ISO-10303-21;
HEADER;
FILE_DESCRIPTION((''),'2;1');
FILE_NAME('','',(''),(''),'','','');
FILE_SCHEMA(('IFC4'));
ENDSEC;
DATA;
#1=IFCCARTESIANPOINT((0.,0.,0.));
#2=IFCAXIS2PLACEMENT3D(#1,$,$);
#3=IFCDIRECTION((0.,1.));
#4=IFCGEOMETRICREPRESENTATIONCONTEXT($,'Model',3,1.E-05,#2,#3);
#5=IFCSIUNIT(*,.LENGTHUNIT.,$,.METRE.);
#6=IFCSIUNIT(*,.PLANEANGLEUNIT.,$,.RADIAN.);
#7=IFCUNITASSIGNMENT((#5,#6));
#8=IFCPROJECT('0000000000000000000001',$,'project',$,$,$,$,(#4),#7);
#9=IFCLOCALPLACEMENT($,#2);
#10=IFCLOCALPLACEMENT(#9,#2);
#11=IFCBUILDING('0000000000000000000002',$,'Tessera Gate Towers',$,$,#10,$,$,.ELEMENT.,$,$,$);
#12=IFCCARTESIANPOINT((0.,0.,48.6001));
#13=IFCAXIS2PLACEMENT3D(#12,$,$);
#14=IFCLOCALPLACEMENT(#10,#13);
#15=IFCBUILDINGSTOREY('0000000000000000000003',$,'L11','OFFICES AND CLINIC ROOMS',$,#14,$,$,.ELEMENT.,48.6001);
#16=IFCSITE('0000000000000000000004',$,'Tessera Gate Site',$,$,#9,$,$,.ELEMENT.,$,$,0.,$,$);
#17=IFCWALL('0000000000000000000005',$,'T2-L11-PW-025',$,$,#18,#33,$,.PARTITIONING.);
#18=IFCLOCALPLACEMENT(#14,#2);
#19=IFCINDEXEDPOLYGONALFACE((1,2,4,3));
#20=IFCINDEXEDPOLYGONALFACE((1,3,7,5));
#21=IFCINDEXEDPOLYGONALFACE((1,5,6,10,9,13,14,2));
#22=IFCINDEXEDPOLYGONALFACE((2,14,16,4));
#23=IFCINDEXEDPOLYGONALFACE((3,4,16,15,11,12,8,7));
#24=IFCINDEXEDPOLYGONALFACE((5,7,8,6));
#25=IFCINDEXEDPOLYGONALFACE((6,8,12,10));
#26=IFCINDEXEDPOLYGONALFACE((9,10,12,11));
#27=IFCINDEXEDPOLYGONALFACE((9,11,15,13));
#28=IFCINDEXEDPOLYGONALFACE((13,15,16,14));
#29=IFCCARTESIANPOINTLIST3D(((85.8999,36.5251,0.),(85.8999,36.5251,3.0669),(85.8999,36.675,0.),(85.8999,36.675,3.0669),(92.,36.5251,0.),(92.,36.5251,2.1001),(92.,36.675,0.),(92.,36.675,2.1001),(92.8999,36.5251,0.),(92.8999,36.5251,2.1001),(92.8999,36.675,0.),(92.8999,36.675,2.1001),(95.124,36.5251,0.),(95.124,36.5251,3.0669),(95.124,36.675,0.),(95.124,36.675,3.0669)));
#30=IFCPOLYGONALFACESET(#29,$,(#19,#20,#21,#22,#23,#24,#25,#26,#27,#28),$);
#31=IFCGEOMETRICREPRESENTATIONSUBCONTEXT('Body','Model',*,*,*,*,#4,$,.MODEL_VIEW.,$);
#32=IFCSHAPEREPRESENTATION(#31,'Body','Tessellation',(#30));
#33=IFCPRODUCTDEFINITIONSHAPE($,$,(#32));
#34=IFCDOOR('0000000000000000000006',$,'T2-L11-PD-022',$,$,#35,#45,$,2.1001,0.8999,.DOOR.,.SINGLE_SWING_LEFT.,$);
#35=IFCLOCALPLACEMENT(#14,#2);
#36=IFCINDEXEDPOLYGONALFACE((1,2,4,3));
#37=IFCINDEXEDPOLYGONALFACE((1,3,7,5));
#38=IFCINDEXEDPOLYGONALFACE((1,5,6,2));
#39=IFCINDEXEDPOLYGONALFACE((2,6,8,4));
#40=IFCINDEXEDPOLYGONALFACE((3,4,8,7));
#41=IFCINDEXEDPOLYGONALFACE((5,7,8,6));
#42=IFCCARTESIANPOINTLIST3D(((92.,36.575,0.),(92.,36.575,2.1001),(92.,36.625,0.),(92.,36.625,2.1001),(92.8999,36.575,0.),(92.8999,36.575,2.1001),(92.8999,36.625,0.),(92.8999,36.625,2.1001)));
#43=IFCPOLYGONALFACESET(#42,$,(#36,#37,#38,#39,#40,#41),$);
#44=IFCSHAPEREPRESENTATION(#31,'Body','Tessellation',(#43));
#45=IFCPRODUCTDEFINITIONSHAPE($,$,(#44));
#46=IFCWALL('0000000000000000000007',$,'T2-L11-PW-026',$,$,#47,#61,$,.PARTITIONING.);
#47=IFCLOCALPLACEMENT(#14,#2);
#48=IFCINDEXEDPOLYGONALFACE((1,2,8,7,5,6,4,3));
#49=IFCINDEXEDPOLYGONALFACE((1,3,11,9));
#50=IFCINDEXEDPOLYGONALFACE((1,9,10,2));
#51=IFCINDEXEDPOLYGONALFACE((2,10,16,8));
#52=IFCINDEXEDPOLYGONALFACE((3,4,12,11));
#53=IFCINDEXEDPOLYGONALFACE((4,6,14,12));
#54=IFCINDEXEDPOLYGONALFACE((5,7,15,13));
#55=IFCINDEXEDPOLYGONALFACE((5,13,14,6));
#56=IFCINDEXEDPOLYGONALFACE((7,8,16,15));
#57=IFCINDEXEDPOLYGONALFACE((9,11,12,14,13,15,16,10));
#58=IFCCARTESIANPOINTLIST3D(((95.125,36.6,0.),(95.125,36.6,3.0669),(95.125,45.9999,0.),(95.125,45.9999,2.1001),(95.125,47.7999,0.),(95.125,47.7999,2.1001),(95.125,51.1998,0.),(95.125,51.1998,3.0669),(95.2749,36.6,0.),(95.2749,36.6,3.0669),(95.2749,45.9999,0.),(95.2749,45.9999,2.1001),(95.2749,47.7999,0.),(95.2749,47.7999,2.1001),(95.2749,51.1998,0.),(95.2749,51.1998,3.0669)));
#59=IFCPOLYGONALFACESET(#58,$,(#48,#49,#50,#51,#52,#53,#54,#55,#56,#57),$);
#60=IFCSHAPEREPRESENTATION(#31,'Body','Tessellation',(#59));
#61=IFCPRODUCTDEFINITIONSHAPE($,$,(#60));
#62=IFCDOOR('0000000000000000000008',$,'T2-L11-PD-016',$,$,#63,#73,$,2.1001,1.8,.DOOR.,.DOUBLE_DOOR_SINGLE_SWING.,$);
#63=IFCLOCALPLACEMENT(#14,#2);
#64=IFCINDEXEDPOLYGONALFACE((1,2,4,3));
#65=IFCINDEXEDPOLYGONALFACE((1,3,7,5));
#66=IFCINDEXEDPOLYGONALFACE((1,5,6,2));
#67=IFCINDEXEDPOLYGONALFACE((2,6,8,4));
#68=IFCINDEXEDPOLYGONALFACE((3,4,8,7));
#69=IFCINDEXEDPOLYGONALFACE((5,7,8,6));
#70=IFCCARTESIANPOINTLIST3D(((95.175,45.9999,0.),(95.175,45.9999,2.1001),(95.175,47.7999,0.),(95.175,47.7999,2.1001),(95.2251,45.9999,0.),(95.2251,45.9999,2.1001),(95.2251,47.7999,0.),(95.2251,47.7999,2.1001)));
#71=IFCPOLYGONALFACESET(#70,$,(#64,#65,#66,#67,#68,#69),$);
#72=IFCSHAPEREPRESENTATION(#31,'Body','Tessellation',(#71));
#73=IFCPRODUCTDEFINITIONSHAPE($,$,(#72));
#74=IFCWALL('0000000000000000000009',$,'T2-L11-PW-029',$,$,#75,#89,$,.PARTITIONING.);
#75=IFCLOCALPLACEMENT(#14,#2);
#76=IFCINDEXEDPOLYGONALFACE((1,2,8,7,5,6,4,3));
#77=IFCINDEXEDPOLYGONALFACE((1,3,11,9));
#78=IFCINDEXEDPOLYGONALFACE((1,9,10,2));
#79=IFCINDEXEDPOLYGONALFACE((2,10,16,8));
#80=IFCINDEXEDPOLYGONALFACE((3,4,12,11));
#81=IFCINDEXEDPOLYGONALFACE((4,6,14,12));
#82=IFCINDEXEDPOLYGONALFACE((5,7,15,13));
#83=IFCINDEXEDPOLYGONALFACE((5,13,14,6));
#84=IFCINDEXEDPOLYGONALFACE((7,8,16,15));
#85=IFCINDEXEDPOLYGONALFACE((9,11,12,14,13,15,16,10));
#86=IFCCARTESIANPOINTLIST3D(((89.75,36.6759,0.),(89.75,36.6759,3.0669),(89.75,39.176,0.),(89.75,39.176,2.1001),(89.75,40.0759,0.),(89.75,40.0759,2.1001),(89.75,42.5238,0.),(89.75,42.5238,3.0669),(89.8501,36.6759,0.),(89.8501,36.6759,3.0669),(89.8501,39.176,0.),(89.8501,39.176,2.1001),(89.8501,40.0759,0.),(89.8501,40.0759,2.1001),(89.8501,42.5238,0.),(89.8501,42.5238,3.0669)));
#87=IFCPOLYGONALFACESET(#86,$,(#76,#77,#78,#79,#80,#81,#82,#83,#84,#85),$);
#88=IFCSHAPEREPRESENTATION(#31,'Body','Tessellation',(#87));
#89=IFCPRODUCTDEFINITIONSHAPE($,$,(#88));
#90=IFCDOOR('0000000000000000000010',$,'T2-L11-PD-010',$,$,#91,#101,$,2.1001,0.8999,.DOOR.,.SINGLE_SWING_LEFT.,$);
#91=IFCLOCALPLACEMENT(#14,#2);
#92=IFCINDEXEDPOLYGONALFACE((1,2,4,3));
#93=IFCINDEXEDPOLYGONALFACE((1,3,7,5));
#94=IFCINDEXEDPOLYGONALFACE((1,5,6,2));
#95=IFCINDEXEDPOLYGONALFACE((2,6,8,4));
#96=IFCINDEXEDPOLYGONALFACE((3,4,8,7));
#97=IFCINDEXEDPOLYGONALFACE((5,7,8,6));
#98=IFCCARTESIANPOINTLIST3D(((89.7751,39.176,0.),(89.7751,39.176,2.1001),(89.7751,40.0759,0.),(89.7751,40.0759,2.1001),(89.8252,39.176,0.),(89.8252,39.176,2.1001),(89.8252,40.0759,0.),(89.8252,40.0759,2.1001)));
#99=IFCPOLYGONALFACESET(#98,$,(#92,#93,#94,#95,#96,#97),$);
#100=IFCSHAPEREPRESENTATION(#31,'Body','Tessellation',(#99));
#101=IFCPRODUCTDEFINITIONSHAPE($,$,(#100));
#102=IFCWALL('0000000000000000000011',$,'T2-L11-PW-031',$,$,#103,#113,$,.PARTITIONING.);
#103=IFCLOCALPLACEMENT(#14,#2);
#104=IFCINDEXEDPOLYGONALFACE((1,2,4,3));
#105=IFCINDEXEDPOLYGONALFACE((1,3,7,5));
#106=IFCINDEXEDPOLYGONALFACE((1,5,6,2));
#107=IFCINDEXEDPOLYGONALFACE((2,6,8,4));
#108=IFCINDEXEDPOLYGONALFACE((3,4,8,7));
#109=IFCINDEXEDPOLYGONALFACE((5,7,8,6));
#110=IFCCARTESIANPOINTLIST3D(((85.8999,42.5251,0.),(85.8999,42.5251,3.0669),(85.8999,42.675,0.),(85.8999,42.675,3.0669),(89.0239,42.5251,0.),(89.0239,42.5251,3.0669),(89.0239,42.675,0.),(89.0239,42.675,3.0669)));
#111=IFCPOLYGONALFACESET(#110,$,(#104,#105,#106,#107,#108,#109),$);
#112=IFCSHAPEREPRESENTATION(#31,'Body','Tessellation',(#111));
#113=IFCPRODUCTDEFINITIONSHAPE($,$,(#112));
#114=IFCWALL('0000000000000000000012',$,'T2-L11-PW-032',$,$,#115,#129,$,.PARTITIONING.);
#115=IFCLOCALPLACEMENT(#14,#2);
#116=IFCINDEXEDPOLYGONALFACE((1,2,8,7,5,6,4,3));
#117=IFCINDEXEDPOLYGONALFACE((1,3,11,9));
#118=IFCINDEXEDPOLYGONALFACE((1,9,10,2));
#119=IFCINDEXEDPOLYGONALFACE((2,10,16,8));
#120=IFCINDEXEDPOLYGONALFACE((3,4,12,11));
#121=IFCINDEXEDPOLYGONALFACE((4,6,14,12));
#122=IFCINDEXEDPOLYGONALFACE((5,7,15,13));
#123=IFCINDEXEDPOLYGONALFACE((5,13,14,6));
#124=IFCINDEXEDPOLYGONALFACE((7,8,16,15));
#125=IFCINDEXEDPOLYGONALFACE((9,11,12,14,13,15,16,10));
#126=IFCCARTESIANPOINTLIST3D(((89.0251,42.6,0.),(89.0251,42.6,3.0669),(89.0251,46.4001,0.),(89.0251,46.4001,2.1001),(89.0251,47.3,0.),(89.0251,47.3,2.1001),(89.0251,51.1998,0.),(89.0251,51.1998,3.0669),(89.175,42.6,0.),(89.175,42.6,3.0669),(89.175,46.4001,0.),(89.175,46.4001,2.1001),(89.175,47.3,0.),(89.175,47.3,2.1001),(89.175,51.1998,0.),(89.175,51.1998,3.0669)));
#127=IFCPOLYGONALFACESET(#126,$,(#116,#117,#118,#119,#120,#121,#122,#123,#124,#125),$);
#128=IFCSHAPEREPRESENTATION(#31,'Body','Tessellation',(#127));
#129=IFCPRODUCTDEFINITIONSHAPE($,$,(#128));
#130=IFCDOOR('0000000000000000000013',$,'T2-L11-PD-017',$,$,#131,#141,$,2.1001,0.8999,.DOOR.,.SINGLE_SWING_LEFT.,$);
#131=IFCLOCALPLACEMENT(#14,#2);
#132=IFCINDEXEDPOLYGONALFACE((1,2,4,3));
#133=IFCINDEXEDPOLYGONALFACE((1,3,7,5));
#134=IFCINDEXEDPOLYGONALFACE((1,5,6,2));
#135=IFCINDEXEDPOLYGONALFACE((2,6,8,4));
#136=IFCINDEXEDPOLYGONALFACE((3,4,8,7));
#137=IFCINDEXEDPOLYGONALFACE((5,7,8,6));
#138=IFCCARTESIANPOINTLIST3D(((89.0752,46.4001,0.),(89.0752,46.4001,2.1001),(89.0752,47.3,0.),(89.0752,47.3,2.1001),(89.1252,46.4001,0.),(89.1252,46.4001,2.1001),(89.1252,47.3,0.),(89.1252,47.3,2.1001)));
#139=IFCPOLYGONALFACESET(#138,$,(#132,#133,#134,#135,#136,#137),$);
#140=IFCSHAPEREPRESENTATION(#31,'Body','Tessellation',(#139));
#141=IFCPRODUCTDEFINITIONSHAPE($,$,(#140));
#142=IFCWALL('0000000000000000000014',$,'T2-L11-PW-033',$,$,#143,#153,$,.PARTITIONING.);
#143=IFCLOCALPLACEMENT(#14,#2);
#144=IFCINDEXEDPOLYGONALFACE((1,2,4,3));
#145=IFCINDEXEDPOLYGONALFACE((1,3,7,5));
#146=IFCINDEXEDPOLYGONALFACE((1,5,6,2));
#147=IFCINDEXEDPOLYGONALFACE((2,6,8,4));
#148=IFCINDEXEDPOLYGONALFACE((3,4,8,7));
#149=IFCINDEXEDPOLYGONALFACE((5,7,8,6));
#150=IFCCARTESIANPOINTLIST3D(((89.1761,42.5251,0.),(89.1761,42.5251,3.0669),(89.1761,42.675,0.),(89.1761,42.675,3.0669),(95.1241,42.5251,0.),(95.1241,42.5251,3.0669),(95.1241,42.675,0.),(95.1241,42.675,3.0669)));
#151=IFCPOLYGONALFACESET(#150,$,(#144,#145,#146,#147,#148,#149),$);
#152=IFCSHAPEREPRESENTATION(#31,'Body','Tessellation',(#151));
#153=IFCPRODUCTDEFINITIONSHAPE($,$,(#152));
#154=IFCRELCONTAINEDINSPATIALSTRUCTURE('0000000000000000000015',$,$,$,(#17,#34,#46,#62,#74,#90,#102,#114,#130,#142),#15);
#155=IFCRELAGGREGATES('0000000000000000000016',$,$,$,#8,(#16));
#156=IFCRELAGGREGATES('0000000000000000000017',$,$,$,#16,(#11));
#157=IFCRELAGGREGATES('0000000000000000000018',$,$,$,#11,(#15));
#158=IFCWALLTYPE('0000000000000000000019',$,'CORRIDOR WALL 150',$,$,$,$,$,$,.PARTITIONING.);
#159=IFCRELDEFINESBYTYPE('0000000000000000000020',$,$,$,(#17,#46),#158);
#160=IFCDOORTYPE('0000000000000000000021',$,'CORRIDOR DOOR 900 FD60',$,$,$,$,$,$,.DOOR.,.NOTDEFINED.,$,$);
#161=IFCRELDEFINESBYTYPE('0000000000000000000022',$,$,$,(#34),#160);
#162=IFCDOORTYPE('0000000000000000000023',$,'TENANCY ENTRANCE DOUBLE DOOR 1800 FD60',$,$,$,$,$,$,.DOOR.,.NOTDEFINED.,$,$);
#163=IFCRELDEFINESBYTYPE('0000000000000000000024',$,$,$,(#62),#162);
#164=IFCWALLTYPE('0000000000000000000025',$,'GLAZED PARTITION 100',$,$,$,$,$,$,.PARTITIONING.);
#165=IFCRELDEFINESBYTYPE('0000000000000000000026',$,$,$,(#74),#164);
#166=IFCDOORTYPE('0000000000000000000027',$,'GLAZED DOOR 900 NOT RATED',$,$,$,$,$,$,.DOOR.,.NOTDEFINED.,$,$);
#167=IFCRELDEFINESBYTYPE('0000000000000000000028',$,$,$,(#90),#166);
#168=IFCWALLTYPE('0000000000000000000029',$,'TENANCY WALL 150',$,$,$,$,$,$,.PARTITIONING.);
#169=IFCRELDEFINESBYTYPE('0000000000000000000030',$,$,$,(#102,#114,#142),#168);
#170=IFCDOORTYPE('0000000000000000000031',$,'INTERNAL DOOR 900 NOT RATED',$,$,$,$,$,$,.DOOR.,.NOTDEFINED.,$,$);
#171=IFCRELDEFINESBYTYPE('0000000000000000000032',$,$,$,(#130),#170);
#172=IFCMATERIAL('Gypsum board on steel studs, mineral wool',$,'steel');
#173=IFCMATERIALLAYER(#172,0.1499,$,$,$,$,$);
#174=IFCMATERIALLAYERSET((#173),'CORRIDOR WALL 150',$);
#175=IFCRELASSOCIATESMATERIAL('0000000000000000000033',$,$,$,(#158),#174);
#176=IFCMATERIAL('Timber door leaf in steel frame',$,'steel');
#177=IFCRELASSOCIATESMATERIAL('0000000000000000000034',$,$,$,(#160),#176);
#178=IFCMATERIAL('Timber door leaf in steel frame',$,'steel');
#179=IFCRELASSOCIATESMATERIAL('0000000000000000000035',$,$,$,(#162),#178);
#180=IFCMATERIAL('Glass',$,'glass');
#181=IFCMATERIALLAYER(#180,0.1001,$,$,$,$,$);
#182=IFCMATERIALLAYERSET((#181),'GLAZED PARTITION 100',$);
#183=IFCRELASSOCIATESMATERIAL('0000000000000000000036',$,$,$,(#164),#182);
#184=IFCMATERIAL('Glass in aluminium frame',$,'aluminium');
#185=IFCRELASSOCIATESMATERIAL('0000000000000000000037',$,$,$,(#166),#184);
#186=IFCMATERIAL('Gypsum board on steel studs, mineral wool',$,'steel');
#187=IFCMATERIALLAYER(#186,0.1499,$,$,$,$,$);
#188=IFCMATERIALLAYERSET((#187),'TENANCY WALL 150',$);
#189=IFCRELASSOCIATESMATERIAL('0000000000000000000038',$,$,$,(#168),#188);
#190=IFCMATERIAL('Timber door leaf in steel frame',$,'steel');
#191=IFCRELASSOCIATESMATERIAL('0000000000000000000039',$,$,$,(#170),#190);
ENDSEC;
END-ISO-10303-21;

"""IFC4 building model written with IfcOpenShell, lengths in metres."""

from ifc_helpers import new_model, si_unit, direction, frame, frame_2d, origin, place, context, subcontext, project, spatial, rectangle, extrude, source, transform, mapped, material, layer, layer_set, type_object, element, fill, save


model = new_model("IFC4")

# Units and contexts
model_context = context("Model", 3, precision=1e-05, world=origin(), true_north=direction((0.0, 1.0)))
body_context = subcontext(model_context, "Body", "Model", "MODEL_VIEW")
ifc_project = project(units=[si_unit("LENGTHUNIT", "METRE"), si_unit("PLANEANGLEUNIT", "RADIAN")], contexts=[model_context])

# Site, building, storey
site_placement = place(None, origin())
site = spatial("IfcSite", under=ifc_project, at=site_placement, Name="Tessera Gate Site", CompositionType="ELEMENT", RefElevation=0.0)
building_placement = place(site_placement, origin())
building = spatial("IfcBuilding", under=site, at=building_placement, Name="Tessera Gate Towers", CompositionType="ELEMENT")
storey_placement = place(building_placement, frame((0.0, 0.0, 48.6001)))
storey = spatial("IfcBuildingStorey", under=building, at=storey_placement, Name="L11", Description="OFFICES AND CLINIC ROOMS", CompositionType="ELEMENT", Elevation=48.6001)

# Walls, openings, doors
ifc_material_1 = material(Name="Gypsum board on steel studs, mineral wool", Category="steel")
ifc_layer_1 = layer(ifc_material_1, 0.1499)
ifc_layer_set_1 = layer_set([ifc_layer_1], Name="CORRIDOR WALL 150")
wall_type_1 = type_object("IfcWallType", Name="CORRIDOR WALL 150", PredefinedType="PARTITIONING", material=ifc_layer_set_1)
wall_1_placement = place(storey_placement, frame((85.8999, 36.6001, 0.0), z_axis=(0.0, 0.0, 1.0), x_axis=(1.0, 0.0, 0.0)))
wall_1 = element("IfcWall", 1, at=wall_1_placement, inside=storey, type_object=wall_type_1, Name="T2-L11-PW-025", PredefinedType="PARTITIONING", context=body_context, shape_type="SweptSolid", body=[
    extrude(rectangle(XDim=9.2241, YDim=0.1499, at=frame_2d((4.6121, 0.0))), origin(), (0.0, 0.0, 1.0), 3.0669),
])
shared_shape_1 = source(origin(), body_context, "Body", "SweptSolid", [
    extrude(rectangle(XDim=0.8999, YDim=2.1001, at=frame_2d((0.45, 1.05))), frame((0.0, 0.085, 0.0), z_axis=(0.0, -1.0, 0.0), x_axis=(1.0, 0.0, 0.0)), (0.0, 0.0, 1.0), 0.1699),
])
opening_1_placement = place(wall_1_placement, frame((6.1001, 0.0, 0.0)))
opening_1 = element("IfcOpeningElement", 2, at=opening_1_placement, cuts=wall_1, PredefinedType="OPENING", context=body_context, shape_type="MappedRepresentation", body=[
    mapped(shared_shape_1, transform((0.0, 0.0, 0.0), scale=1.0)),
])
ifc_material_2 = material(Name="Timber door leaf in steel frame", Category="steel")
door_type_1 = type_object("IfcDoorType", Name="CORRIDOR DOOR 900 FD60", OperationType="NOTDEFINED", PredefinedType="DOOR", material=ifc_material_2)
shared_shape_2 = source(origin(), body_context, "Body", "SweptSolid", [
    extrude(rectangle(XDim=0.8999, YDim=2.1001, at=frame_2d((0.45, 1.05))), frame((0.0, 0.0249, 0.0), z_axis=(0.0, -1.0, 0.0), x_axis=(1.0, 0.0, 0.0)), (0.0, 0.0, 1.0), 0.05),
])
door_1_placement = place(opening_1_placement, origin())
door_1 = element("IfcDoor", 3, at=door_1_placement, inside=storey, type_object=door_type_1, Name="T2-L11-PD-022", OperationType="SINGLE_SWING_LEFT", OverallHeight=2.1001, OverallWidth=0.8999, PredefinedType="DOOR", context=body_context, shape_type="MappedRepresentation", body=[
    mapped(shared_shape_2, transform((0.0, 0.0, 0.0), scale=1.0)),
])
fill(opening_1, door_1)
wall_2_placement = place(storey_placement, frame((95.2, 36.6001, 0.0), z_axis=(0.0, 0.0, 1.0), x_axis=(0.0, 1.0, 0.0)))
wall_2 = element("IfcWall", 4, at=wall_2_placement, inside=storey, type_object=wall_type_1, Name="T2-L11-PW-026", PredefinedType="PARTITIONING", context=body_context, shape_type="SweptSolid", body=[
    extrude(rectangle(XDim=14.5999, YDim=0.1499, at=frame_2d((7.2998, 0.0))), origin(), (0.0, 0.0, 1.0), 3.0669),
])
shared_shape_3 = source(origin(), body_context, "Body", "SweptSolid", [
    extrude(rectangle(XDim=1.8, YDim=2.1001, at=frame_2d((0.8999, 1.05))), frame((0.0, 0.085, 0.0), z_axis=(0.0, -1.0, 0.0), x_axis=(1.0, 0.0, 0.0)), (0.0, 0.0, 1.0), 0.1699),
])
opening_2_placement = place(wall_2_placement, frame((9.3999, 0.0, 0.0)))
opening_2 = element("IfcOpeningElement", 5, at=opening_2_placement, cuts=wall_2, PredefinedType="OPENING", context=body_context, shape_type="MappedRepresentation", body=[
    mapped(shared_shape_3, transform((0.0, 0.0, 0.0), scale=1.0)),
])
ifc_material_3 = material(Name="Timber door leaf in steel frame", Category="steel")
door_type_2 = type_object("IfcDoorType", Name="TENANCY ENTRANCE DOUBLE DOOR 1800 FD60", OperationType="NOTDEFINED", PredefinedType="DOOR", material=ifc_material_3)
shared_shape_4 = source(origin(), body_context, "Body", "SweptSolid", [
    extrude(rectangle(XDim=1.8, YDim=2.1001, at=frame_2d((0.8999, 1.05))), frame((0.0, 0.0249, 0.0), z_axis=(0.0, -1.0, 0.0), x_axis=(1.0, 0.0, 0.0)), (0.0, 0.0, 1.0), 0.05),
])
door_2_placement = place(opening_2_placement, origin())
door_2 = element("IfcDoor", 6, at=door_2_placement, inside=storey, type_object=door_type_2, Name="T2-L11-PD-016", OperationType="DOUBLE_DOOR_SINGLE_SWING", OverallHeight=2.1001, OverallWidth=1.8, PredefinedType="DOOR", context=body_context, shape_type="MappedRepresentation", body=[
    mapped(shared_shape_4, transform((0.0, 0.0, 0.0), scale=1.0)),
])
fill(opening_2, door_2)
ifc_material_4 = material(Name="Glass", Category="glass")
ifc_layer_2 = layer(ifc_material_4, 0.1001)
ifc_layer_set_2 = layer_set([ifc_layer_2], Name="GLAZED PARTITION 100")
wall_type_2 = type_object("IfcWallType", Name="GLAZED PARTITION 100", PredefinedType="PARTITIONING", material=ifc_layer_set_2)
wall_3_placement = place(storey_placement, frame((89.8, 36.676, 0.0), z_axis=(0.0, 0.0, 1.0), x_axis=(0.0, 1.0, 0.0)))
wall_3 = element("IfcWall", 7, at=wall_3_placement, inside=storey, type_object=wall_type_2, Name="T2-L11-PW-029", PredefinedType="PARTITIONING", context=body_context, shape_type="SweptSolid", body=[
    extrude(rectangle(XDim=5.8479, YDim=0.1001, at=frame_2d((2.9238, 0.0))), origin(), (0.0, 0.0, 1.0), 3.0669),
])
shared_shape_5 = source(origin(), body_context, "Body", "SweptSolid", [
    extrude(rectangle(XDim=0.8999, YDim=2.1001, at=frame_2d((0.45, 1.05))), frame((0.0, 0.0601, 0.0), z_axis=(0.0, -1.0, 0.0), x_axis=(1.0, 0.0, 0.0)), (0.0, 0.0, 1.0), 0.1201),
])
opening_3_placement = place(wall_3_placement, frame((2.5, 0.0, 0.0)))
opening_3 = element("IfcOpeningElement", 8, at=opening_3_placement, cuts=wall_3, PredefinedType="OPENING", context=body_context, shape_type="MappedRepresentation", body=[
    mapped(shared_shape_5, transform((0.0, 0.0, 0.0), scale=1.0)),
])
ifc_material_5 = material(Name="Glass in aluminium frame", Category="aluminium")
door_type_3 = type_object("IfcDoorType", Name="GLAZED DOOR 900 NOT RATED", OperationType="NOTDEFINED", PredefinedType="DOOR", material=ifc_material_5)
door_3_placement = place(opening_3_placement, origin())
door_3 = element("IfcDoor", 9, at=door_3_placement, inside=storey, type_object=door_type_3, Name="T2-L11-PD-010", OperationType="SINGLE_SWING_LEFT", OverallHeight=2.1001, OverallWidth=0.8999, PredefinedType="DOOR", context=body_context, shape_type="MappedRepresentation", body=[
    mapped(shared_shape_2, transform((0.0, 0.0, 0.0), scale=1.0)),
])
fill(opening_3, door_3)

# Wall
ifc_material_6 = material(Name="Gypsum board on steel studs, mineral wool", Category="steel")
ifc_layer_3 = layer(ifc_material_6, 0.1499)
ifc_layer_set_3 = layer_set([ifc_layer_3], Name="TENANCY WALL 150")
wall_type_3 = type_object("IfcWallType", Name="TENANCY WALL 150", PredefinedType="PARTITIONING", material=ifc_layer_set_3)
wall_4_placement = place(storey_placement, frame((85.8999, 42.6001, 0.0), z_axis=(0.0, 0.0, 1.0), x_axis=(1.0, 0.0, 0.0)))
element("IfcWall", 10, at=wall_4_placement, inside=storey, type_object=wall_type_3, Name="T2-L11-PW-031", PredefinedType="PARTITIONING", context=body_context, shape_type="SweptSolid", body=[
    extrude(rectangle(XDim=3.124, YDim=0.1499, at=frame_2d((1.562, 0.0))), origin(), (0.0, 0.0, 1.0), 3.0669),
])

# Wall, opening, door
wall_5_placement = place(storey_placement, frame((89.1001, 42.6001, 0.0), z_axis=(0.0, 0.0, 1.0), x_axis=(0.0, 1.0, 0.0)))
wall_5 = element("IfcWall", 11, at=wall_5_placement, inside=storey, type_object=wall_type_3, Name="T2-L11-PW-032", PredefinedType="PARTITIONING", context=body_context, shape_type="SweptSolid", body=[
    extrude(rectangle(XDim=8.5999, YDim=0.1499, at=frame_2d((4.2998, 0.0))), origin(), (0.0, 0.0, 1.0), 3.0669),
])
opening_4_placement = place(wall_5_placement, frame((3.8, 0.0, 0.0)))
opening_4 = element("IfcOpeningElement", 12, at=opening_4_placement, cuts=wall_5, PredefinedType="OPENING", context=body_context, shape_type="MappedRepresentation", body=[
    mapped(shared_shape_1, transform((0.0, 0.0, 0.0), scale=1.0)),
])
ifc_material_7 = material(Name="Timber door leaf in steel frame", Category="steel")
door_type_4 = type_object("IfcDoorType", Name="INTERNAL DOOR 900 NOT RATED", OperationType="NOTDEFINED", PredefinedType="DOOR", material=ifc_material_7)
door_4_placement = place(opening_4_placement, origin())
door_4 = element("IfcDoor", 13, at=door_4_placement, inside=storey, type_object=door_type_4, Name="T2-L11-PD-017", OperationType="SINGLE_SWING_LEFT", OverallHeight=2.1001, OverallWidth=0.8999, PredefinedType="DOOR", context=body_context, shape_type="MappedRepresentation", body=[
    mapped(shared_shape_2, transform((0.0, 0.0, 0.0), scale=1.0)),
])
fill(opening_4, door_4)

# Wall
wall_6_placement = place(storey_placement, frame((89.176, 42.6001, 0.0), z_axis=(0.0, 0.0, 1.0), x_axis=(1.0, 0.0, 0.0)))
element("IfcWall", 14, at=wall_6_placement, inside=storey, type_object=wall_type_3, Name="T2-L11-PW-033", PredefinedType="PARTITIONING", context=body_context, shape_type="SweptSolid", body=[
    extrude(rectangle(XDim=5.948, YDim=0.1499, at=frame_2d((2.9741, 0.0))), origin(), (0.0, 0.0, 1.0), 3.0669),
])

save(model, "model.ifc")
